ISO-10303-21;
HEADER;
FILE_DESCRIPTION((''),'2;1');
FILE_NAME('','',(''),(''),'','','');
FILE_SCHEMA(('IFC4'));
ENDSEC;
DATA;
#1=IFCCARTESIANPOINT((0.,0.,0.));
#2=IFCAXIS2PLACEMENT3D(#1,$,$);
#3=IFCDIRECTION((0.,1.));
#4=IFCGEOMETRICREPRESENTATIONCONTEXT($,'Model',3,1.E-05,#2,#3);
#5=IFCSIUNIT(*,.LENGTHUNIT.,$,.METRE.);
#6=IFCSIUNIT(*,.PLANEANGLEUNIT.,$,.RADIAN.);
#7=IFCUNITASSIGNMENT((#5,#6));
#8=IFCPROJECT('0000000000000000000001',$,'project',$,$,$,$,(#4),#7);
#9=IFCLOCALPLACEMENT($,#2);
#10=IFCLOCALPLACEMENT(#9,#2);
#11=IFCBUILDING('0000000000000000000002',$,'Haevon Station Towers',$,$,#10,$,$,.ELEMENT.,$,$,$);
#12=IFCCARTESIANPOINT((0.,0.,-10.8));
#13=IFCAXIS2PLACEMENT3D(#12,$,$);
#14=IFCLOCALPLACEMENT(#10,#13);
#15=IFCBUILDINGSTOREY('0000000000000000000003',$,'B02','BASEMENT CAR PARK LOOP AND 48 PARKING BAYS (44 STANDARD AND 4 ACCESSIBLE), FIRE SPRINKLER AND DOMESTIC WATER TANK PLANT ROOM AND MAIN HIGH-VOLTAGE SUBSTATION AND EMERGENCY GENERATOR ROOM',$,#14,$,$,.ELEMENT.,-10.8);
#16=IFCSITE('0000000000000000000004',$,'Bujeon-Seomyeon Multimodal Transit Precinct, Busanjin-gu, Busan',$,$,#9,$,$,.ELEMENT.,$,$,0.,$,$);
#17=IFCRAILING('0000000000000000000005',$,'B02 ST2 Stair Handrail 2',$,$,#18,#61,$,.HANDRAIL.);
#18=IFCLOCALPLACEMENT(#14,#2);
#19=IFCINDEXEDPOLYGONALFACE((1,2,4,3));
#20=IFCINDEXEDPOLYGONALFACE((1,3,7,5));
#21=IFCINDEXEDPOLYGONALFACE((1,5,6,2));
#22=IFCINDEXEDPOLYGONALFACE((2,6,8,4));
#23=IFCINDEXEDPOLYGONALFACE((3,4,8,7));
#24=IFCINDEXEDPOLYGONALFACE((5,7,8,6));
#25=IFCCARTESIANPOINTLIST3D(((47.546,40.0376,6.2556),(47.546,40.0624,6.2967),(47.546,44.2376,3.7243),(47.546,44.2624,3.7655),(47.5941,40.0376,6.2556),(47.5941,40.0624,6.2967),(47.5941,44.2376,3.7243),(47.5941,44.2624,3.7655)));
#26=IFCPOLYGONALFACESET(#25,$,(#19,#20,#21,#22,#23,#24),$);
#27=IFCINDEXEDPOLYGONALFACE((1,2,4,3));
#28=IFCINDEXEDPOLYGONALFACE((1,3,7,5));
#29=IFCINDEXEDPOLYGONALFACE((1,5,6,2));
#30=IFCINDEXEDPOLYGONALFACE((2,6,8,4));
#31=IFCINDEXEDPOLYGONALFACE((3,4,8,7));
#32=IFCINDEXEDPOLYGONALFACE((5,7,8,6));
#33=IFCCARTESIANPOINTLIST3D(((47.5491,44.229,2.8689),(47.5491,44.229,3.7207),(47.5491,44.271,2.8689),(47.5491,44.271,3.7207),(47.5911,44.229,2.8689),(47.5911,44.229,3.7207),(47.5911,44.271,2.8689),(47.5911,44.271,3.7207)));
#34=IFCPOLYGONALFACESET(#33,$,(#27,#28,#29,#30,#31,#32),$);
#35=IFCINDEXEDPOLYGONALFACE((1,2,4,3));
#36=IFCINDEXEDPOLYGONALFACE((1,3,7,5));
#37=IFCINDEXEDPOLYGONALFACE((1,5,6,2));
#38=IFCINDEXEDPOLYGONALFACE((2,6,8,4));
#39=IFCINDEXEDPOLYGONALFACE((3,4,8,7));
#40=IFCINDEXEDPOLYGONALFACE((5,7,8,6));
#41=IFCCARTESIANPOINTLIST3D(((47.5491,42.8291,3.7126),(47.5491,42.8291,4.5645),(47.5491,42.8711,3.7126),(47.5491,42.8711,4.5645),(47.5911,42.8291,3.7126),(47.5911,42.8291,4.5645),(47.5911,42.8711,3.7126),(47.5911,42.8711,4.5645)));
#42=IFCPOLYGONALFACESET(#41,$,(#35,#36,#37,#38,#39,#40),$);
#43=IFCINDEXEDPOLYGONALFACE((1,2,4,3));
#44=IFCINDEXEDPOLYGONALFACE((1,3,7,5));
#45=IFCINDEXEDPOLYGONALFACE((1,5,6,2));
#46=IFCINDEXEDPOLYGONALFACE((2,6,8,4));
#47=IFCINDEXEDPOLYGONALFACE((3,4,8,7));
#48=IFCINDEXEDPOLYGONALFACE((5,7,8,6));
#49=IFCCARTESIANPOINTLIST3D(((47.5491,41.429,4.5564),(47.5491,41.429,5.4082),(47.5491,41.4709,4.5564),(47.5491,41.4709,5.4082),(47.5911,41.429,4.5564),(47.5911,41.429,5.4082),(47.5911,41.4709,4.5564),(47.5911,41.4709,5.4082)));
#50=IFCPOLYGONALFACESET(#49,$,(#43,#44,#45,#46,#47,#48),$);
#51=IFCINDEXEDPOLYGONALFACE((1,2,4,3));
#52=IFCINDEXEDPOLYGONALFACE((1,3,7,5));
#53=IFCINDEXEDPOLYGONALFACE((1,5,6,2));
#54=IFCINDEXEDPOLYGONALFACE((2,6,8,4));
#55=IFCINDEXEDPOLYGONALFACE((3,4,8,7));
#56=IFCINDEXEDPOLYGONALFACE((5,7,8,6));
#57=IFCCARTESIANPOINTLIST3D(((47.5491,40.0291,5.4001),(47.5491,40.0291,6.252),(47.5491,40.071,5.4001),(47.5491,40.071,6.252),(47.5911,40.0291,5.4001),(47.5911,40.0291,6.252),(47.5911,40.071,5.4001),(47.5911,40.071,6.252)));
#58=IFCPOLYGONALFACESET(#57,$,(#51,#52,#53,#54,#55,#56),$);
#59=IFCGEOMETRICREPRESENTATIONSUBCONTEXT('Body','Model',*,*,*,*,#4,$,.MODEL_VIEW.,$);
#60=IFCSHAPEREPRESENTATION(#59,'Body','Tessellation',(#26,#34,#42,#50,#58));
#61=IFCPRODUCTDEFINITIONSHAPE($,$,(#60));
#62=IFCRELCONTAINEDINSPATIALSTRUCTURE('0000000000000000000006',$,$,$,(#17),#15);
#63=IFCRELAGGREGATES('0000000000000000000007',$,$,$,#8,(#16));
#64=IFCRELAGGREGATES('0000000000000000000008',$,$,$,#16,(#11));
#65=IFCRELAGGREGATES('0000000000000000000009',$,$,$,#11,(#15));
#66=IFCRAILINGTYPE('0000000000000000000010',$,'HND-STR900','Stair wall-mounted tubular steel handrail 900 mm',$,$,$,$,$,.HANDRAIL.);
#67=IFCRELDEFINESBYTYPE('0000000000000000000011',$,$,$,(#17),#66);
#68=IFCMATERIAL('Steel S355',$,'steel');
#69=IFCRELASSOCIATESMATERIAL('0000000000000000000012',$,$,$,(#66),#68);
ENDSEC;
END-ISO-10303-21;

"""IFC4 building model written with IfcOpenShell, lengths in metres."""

from ifc_helpers import new_model, si_unit, direction, frame, origin, origin_2d, place, context, subcontext, project, spatial, rectangle, extrude, material, type_object, element, save


model = new_model("IFC4")

# Units and contexts
model_context = context("Model", 3, precision=1e-05, world=origin(), true_north=direction((0.0, 1.0)))
body_context = subcontext(model_context, "Body", "Model", "MODEL_VIEW")
ifc_project = project(units=[si_unit("LENGTHUNIT", "METRE"), si_unit("PLANEANGLEUNIT", "RADIAN")], contexts=[model_context])

# Site, building, storey
site_placement = place(None, origin())
site = spatial("IfcSite", under=ifc_project, at=site_placement, Name="Bujeon-Seomyeon Multimodal Transit Precinct, Busanjin-gu, Busan", CompositionType="ELEMENT", RefElevation=0.0)
building_placement = place(site_placement, origin())
building = spatial("IfcBuilding", under=site, at=building_placement, Name="Haevon Station Towers", CompositionType="ELEMENT")
storey_placement = place(building_placement, frame((0.0, 0.0, -10.8)))
storey = spatial("IfcBuildingStorey", under=building, at=storey_placement, Name="B02", Description="BASEMENT CAR PARK LOOP AND 48 PARKING BAYS (44 STANDARD AND 4 ACCESSIBLE), FIRE SPRINKLER AND DOMESTIC WATER TANK PLANT ROOM AND MAIN HIGH-VOLTAGE SUBSTATION AND EMERGENCY GENERATOR ROOM", CompositionType="ELEMENT", Elevation=-10.8)

# Shared definitions
ifc_material_1 = material(Name="Steel S355", Category="steel")

# Railing
railing_type_1 = type_object("IfcRailingType", Name="HND-STR900", Description="Stair wall-mounted tubular steel handrail 900 mm", PredefinedType="HANDRAIL", material=ifc_material_1)
railing_1_placement = place(storey_placement, frame((47.5701, 44.25, 2.8689)))
element("IfcRailing", 1, at=railing_1_placement, inside=storey, type_object=railing_type_1, Name="B02 ST2 Stair Handrail 2", PredefinedType="HANDRAIL", context=body_context, shape_type="SweptSolid", body=[
    extrude(rectangle(XDim=0.0481, YDim=0.0481, at=origin_2d()), frame((0.0, 0.0, 0.876), z_axis=(0.0, -0.856476, 0.516186), x_axis=(1.0, 0.0, 0.0)), (0.0, 0.0, 1.0), 4.9038),
    extrude(rectangle(XDim=0.042, YDim=0.042, at=origin_2d()), origin(), (0.0, 0.0, 1.0), 0.8518),
    extrude(rectangle(XDim=0.042, YDim=0.042, at=origin_2d()), frame((0.0, -1.3999, 0.8438)), (0.0, 0.0, 1.0), 0.8518),
    extrude(rectangle(XDim=0.042, YDim=0.042, at=origin_2d()), frame((0.0, -2.8, 1.6875)), (0.0, 0.0, 1.0), 0.8518),
    extrude(rectangle(XDim=0.042, YDim=0.042, at=origin_2d()), frame((0.0, -4.2, 2.5312)), (0.0, 0.0, 1.0), 0.8518),
])

save(model, "model.ifc")
